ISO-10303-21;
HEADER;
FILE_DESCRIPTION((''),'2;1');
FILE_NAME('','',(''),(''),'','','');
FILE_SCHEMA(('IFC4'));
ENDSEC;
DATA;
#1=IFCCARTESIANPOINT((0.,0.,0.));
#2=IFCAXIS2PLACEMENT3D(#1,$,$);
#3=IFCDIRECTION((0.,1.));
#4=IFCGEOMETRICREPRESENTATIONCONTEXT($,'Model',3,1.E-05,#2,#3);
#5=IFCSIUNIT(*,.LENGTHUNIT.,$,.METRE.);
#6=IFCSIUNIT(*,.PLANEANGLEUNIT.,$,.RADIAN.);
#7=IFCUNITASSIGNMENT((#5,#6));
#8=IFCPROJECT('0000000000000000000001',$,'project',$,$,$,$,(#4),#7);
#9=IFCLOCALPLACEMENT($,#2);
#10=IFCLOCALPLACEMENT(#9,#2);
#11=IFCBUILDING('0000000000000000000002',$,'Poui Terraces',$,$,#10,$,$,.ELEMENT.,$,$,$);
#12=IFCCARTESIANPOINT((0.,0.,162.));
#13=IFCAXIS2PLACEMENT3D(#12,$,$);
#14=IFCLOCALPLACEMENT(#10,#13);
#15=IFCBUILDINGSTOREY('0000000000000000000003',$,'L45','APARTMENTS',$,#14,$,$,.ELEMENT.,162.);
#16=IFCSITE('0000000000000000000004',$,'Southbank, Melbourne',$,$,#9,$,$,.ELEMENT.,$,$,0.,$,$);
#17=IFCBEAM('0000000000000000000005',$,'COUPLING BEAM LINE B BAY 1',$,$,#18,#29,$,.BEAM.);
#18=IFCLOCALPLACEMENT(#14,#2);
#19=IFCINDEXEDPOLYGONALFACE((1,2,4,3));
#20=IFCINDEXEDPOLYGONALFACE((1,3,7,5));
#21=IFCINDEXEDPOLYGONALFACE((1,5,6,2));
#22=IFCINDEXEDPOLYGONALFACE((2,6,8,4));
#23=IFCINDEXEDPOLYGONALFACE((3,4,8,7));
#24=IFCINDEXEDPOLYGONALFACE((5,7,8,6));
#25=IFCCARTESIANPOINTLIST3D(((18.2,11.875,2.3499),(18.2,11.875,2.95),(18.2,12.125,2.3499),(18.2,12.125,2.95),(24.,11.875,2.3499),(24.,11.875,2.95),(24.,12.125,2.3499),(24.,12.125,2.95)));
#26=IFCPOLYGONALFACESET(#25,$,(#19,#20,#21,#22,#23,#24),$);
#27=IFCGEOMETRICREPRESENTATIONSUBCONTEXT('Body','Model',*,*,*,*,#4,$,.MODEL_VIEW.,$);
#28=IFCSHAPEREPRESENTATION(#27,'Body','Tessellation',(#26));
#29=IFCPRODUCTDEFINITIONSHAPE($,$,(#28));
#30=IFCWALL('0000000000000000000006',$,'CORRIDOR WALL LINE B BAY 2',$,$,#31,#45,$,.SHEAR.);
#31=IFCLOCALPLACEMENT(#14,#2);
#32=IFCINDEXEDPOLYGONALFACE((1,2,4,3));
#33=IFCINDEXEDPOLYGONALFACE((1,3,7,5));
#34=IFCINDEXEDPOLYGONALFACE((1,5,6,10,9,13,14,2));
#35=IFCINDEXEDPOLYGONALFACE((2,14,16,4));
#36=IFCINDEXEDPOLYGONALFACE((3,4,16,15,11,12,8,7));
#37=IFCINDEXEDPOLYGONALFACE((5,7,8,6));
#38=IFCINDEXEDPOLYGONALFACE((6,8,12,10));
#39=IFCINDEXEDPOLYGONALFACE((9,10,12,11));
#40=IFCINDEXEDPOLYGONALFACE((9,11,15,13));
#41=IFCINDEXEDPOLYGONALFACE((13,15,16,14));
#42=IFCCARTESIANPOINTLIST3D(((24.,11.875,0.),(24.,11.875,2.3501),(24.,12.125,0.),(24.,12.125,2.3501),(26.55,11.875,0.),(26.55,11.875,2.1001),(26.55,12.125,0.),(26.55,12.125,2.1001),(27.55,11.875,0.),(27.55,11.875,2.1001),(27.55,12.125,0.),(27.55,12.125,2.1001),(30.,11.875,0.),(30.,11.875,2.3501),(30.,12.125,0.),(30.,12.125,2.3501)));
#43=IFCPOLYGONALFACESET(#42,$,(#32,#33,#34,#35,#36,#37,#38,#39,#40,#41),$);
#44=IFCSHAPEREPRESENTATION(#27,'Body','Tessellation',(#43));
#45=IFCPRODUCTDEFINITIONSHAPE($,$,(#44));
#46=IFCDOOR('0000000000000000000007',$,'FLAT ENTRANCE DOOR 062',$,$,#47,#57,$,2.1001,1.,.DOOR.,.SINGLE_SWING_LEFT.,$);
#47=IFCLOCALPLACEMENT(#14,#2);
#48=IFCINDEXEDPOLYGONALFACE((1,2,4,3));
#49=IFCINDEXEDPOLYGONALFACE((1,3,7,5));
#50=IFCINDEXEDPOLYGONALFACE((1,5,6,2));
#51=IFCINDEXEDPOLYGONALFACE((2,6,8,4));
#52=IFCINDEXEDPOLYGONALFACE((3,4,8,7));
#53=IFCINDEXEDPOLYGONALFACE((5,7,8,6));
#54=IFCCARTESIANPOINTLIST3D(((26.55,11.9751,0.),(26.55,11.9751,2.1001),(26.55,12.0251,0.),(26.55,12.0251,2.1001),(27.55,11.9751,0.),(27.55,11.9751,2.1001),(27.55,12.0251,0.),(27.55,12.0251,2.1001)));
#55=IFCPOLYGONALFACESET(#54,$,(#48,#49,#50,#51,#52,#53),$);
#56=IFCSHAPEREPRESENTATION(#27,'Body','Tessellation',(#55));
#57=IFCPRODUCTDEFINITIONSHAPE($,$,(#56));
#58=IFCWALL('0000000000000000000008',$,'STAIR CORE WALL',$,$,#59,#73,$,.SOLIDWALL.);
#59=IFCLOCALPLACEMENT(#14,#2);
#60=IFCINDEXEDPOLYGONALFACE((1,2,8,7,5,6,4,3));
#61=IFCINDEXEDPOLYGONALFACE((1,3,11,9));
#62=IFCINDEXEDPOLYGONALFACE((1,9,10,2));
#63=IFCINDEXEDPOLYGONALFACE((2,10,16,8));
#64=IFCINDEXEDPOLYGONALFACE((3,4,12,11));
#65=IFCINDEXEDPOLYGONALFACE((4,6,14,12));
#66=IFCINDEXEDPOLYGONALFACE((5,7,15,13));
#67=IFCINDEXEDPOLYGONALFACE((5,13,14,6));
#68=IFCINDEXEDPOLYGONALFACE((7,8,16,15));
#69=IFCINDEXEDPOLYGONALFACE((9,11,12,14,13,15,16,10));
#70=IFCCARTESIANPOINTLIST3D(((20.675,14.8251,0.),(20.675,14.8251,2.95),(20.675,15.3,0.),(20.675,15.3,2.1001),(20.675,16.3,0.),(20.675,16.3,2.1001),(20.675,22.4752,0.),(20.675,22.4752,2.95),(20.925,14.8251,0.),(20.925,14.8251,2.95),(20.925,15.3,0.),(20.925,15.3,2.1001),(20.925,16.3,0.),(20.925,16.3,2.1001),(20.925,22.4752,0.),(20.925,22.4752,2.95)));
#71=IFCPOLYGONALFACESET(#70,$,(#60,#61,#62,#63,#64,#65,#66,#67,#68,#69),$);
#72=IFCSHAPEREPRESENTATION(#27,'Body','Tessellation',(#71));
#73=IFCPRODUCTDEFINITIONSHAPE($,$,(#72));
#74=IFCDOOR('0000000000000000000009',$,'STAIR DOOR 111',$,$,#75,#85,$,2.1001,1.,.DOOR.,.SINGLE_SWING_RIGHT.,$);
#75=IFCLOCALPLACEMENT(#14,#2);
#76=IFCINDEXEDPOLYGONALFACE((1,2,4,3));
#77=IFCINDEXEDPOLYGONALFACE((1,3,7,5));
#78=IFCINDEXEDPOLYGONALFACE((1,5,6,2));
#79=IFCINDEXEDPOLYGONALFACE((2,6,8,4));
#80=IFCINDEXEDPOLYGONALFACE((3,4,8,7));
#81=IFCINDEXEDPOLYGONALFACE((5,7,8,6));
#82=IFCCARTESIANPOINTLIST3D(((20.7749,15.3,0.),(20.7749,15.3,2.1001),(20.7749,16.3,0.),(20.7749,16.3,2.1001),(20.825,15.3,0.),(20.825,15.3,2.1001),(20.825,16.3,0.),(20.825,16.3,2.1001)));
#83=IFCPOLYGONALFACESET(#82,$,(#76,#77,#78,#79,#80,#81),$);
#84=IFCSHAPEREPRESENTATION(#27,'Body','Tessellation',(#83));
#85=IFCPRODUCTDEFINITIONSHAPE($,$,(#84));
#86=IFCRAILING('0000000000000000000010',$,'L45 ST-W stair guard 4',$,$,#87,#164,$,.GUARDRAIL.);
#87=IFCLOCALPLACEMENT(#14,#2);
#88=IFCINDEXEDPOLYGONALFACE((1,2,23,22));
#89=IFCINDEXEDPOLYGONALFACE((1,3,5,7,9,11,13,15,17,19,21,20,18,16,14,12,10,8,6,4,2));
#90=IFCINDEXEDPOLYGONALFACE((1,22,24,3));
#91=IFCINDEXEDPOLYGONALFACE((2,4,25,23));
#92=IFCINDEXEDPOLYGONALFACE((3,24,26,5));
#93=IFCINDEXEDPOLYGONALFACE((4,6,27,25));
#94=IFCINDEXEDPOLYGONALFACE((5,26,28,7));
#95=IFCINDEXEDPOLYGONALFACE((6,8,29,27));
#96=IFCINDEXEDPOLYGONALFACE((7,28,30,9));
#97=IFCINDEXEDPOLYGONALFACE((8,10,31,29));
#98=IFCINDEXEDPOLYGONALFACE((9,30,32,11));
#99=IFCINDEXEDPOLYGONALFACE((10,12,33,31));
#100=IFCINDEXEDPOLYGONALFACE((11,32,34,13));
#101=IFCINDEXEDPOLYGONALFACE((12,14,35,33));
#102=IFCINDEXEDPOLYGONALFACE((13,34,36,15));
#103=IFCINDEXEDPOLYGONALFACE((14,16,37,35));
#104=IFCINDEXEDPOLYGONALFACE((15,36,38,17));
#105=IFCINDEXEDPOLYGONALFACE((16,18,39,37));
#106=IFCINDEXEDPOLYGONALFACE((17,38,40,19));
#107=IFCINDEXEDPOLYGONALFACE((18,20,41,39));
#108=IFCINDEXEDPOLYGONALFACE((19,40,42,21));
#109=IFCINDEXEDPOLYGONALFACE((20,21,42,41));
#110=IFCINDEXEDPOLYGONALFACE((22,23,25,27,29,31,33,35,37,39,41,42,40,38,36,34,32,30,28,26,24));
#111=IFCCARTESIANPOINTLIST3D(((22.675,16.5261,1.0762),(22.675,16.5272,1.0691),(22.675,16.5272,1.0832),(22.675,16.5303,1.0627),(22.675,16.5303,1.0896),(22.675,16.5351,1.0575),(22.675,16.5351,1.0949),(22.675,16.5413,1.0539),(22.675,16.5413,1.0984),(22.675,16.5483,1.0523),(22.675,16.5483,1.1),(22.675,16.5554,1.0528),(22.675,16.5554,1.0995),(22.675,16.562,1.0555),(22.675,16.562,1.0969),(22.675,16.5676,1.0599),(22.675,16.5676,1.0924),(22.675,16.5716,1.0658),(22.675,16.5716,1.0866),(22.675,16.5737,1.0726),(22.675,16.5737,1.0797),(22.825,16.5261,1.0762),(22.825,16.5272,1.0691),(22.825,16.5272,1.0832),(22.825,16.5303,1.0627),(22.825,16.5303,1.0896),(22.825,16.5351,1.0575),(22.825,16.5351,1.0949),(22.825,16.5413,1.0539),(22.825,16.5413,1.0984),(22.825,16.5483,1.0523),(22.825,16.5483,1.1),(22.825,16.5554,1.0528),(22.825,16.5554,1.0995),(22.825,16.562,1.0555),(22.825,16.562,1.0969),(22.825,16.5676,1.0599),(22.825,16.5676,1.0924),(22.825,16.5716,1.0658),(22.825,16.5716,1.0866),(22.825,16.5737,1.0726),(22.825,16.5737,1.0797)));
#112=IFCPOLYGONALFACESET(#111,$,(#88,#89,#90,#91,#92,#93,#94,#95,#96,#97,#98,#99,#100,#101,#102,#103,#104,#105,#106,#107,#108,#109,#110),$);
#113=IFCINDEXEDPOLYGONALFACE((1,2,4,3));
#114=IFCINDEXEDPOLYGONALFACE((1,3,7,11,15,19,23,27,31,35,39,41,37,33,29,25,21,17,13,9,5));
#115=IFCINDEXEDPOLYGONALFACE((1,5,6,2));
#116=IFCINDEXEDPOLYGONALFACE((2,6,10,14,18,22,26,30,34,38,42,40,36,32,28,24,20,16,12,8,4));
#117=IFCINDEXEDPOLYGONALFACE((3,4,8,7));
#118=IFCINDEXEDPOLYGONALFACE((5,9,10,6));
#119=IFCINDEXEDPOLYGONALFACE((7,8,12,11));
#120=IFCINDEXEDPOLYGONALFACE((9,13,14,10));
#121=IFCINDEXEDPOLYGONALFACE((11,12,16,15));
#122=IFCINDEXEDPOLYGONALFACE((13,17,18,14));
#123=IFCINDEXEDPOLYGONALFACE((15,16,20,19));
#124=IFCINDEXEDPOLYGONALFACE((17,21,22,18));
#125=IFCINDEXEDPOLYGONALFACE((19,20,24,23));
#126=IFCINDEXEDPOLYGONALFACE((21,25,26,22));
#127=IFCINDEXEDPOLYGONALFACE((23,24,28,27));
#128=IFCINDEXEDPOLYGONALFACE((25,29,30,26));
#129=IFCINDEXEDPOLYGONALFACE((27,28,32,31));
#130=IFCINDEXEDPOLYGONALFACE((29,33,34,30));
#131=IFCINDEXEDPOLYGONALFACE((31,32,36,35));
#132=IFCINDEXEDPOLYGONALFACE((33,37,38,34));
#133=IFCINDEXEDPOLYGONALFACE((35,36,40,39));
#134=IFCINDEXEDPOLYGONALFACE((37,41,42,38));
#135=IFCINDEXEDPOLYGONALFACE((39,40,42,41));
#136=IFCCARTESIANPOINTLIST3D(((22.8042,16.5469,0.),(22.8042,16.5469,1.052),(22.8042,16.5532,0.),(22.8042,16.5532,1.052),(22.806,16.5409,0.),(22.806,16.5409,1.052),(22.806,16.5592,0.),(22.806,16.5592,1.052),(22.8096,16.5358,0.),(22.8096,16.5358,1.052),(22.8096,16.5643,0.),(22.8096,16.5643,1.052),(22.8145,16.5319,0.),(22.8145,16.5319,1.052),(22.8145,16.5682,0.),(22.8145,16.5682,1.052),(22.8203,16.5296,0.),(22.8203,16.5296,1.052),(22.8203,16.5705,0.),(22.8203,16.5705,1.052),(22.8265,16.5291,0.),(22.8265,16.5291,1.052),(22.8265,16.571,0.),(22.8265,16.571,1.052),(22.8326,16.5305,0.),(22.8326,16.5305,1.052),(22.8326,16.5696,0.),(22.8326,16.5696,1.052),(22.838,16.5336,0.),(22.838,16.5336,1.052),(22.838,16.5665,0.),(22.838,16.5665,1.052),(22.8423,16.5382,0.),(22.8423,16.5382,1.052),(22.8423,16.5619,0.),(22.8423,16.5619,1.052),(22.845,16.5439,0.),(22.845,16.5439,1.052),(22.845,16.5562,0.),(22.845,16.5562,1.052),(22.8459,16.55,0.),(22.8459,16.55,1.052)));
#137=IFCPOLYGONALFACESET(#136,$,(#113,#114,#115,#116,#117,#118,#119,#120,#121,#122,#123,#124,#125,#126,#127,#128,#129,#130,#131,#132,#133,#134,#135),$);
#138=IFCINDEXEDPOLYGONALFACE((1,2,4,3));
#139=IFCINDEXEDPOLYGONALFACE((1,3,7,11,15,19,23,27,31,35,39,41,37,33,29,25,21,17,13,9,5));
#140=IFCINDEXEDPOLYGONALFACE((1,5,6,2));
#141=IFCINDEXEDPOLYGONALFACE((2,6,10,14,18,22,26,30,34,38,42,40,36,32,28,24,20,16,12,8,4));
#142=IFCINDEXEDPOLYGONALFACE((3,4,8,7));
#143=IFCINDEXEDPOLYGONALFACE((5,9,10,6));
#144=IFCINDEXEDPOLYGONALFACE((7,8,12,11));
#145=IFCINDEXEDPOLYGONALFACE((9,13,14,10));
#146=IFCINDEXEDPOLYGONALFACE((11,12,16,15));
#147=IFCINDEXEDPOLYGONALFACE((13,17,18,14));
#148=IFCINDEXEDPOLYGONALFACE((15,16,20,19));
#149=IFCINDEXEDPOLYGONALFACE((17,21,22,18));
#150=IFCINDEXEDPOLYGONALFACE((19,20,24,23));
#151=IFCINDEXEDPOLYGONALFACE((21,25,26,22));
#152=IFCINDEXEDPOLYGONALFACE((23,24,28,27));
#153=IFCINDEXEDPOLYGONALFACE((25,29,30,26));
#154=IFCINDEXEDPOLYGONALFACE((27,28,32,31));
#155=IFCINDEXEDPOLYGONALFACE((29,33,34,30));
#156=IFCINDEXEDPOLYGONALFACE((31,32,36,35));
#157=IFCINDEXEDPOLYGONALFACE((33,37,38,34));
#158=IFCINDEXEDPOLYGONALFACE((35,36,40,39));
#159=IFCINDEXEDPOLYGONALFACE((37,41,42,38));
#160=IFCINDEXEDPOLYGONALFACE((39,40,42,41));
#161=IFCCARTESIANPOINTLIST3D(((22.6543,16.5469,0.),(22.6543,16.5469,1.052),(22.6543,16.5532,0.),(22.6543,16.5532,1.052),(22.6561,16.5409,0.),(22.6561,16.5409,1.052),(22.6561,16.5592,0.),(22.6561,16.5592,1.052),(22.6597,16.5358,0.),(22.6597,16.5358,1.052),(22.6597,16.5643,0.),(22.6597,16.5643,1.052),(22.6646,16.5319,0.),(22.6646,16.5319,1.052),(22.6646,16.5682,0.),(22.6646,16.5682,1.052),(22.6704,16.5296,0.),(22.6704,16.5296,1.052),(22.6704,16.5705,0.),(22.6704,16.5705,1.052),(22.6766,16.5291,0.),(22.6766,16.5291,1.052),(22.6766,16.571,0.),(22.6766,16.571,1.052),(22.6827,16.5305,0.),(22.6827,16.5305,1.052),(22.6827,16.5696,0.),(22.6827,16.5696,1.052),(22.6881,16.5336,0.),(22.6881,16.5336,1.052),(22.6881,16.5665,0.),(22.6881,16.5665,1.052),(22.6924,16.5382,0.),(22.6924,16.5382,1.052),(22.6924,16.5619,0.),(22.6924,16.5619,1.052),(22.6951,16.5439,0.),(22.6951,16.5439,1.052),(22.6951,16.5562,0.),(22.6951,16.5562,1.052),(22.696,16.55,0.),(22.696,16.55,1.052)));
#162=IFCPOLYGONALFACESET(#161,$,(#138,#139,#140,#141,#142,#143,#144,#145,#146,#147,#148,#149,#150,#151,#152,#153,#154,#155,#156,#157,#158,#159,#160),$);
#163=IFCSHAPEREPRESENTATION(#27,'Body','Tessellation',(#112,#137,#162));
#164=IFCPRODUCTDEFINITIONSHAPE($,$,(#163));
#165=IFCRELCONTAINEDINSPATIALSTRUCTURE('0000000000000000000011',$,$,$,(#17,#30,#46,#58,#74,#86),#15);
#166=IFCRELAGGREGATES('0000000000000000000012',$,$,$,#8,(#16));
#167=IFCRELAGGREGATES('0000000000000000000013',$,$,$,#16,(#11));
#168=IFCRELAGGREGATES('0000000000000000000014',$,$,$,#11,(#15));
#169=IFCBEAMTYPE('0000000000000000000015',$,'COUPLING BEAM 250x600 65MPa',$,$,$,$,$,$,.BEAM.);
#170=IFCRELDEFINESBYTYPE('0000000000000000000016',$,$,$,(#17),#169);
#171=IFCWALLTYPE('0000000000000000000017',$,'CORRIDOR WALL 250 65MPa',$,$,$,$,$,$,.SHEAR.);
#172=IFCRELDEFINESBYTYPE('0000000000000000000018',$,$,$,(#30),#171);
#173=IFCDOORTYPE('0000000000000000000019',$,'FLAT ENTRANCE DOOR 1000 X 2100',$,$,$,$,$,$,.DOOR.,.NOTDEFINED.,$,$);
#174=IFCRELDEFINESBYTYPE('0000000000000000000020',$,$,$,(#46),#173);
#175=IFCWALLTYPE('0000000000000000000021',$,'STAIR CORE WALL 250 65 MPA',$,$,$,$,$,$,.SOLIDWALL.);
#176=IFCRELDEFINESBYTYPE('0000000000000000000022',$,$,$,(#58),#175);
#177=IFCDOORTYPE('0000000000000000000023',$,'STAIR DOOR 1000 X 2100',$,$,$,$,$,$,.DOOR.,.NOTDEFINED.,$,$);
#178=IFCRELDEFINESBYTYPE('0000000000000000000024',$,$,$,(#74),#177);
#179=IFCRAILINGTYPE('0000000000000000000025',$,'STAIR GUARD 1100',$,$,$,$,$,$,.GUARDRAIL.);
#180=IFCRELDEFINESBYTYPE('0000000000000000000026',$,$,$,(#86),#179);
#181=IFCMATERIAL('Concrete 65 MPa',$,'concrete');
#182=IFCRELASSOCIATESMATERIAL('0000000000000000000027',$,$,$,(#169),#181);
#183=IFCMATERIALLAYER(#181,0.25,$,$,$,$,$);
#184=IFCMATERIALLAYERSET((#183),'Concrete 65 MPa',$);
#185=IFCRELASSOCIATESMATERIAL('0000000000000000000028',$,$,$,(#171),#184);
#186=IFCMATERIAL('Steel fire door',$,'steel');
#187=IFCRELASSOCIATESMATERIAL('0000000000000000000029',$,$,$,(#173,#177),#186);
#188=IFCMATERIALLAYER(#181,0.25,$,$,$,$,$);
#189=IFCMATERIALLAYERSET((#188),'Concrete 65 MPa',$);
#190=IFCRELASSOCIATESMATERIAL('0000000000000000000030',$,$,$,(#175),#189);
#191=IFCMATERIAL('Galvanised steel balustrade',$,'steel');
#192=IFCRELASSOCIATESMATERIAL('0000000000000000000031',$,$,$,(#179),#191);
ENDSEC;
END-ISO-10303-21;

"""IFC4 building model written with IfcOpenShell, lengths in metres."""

from ifc_helpers import new_model, si_unit, direction, frame, frame_2d, origin, origin_2d, place, context, subcontext, project, spatial, rectangle, circle, extrude, source, transform, mapped, material, layer, layer_set, material_profile, profile_set, type_object, element, fill, save


model = new_model("IFC4")

# Units and contexts
model_context = context("Model", 3, precision=1e-05, world=origin(), true_north=direction((0.0, 1.0)))
body_context = subcontext(model_context, "Body", "Model", "MODEL_VIEW")
ifc_project = project(units=[si_unit("LENGTHUNIT", "METRE"), si_unit("PLANEANGLEUNIT", "RADIAN")], contexts=[model_context])

# Site, building, storey
site_placement = place(None, origin())
site = spatial("IfcSite", under=ifc_project, at=site_placement, Name="Southbank, Melbourne", CompositionType="ELEMENT", RefElevation=0.0)
building_placement = place(site_placement, origin())
building = spatial("IfcBuilding", under=site, at=building_placement, Name="Poui Terraces", CompositionType="ELEMENT")
storey_placement = place(building_placement, frame((0.0, 0.0, 162.0)))
storey = spatial("IfcBuildingStorey", under=building, at=storey_placement, Name="L45", Description="APARTMENTS", CompositionType="ELEMENT", Elevation=162.0)

# Beam
ifc_material_1 = material(Name="Concrete 65 MPa", Category="concrete")
ifc_material_profile = material_profile(ifc_material_1, rectangle(XDim=0.25, YDim=0.6001, at=origin_2d()), Name="RC 250x600")
ifc_profile_set = profile_set([ifc_material_profile], Name="Concrete 65 MPa")
beam_type = type_object("IfcBeamType", Name="COUPLING BEAM 250x600 65MPa", PredefinedType="BEAM", material=ifc_profile_set)
shared_shape = source(origin(), body_context, "Body", "SweptSolid", [
    extrude(rectangle(XDim=0.25, YDim=0.6001, at=origin_2d()), origin(), (0.0, 0.0, 1.0), 5.8),
])
beam_placement = place(storey_placement, frame((18.2, 12.0, 2.6499), z_axis=(1.0, 0.0, 0.0), x_axis=(0.0, 1.0, 0.0)))
element("IfcBeam", 1, at=beam_placement, inside=storey, type_object=beam_type, Name="COUPLING BEAM LINE B BAY 1", PredefinedType="BEAM", context=body_context, shape_type="MappedRepresentation", body=[
    mapped(shared_shape, transform((0.0, 0.0, 0.0))),
])

# Wall, opening, door
ifc_layer_1 = layer(ifc_material_1, 0.25)
ifc_layer_set_1 = layer_set([ifc_layer_1], Name="Concrete 65 MPa")
wall_type_1 = type_object("IfcWallType", Name="CORRIDOR WALL 250 65MPa", PredefinedType="SHEAR", material=ifc_layer_set_1)
wall_1_placement = place(storey_placement, frame((24.0, 12.0, 0.0), z_axis=(0.0, 0.0, 1.0), x_axis=(1.0, 0.0, 0.0)))
wall_1 = element("IfcWall", 2, at=wall_1_placement, inside=storey, type_object=wall_type_1, Name="CORRIDOR WALL LINE B BAY 2", PredefinedType="SHEAR", context=body_context, shape_type="SweptSolid", body=[
    extrude(rectangle(XDim=6.0, YDim=0.25, at=frame_2d((3.0, 0.0))), origin(), (0.0, 0.0, 1.0), 2.3501),
])
opening_1_placement = place(wall_1_placement, frame((2.55, 0.0, 0.0)))
opening_1 = element("IfcOpeningElement", 3, at=opening_1_placement, cuts=wall_1, PredefinedType="OPENING", context=body_context, shape_type="SweptSolid", body=[
    extrude(rectangle(XDim=1.0, YDim=2.1001, at=frame_2d((0.5, 1.05))), frame((0.0, 0.135, 0.0), z_axis=(0.0, -1.0, 0.0), x_axis=(1.0, 0.0, 0.0)), (0.0, 0.0, 1.0), 0.27),
])
ifc_material_2 = material(Name="Steel fire door", Category="steel")
door_type_1 = type_object("IfcDoorType", Name="FLAT ENTRANCE DOOR 1000 X 2100", OperationType="NOTDEFINED", PredefinedType="DOOR", material=ifc_material_2)
door_1_placement = place(opening_1_placement, frame((1.0, 0.0, 0.0), z_axis=(0.0, 0.0, 1.0), x_axis=(-1.0, 0.0, 0.0)))
door_1 = element("IfcDoor", 4, at=door_1_placement, inside=storey, type_object=door_type_1, Name="FLAT ENTRANCE DOOR 062", OperationType="SINGLE_SWING_LEFT", OverallHeight=2.1001, OverallWidth=1.0, PredefinedType="DOOR", context=body_context, shape_type="SweptSolid", body=[
    extrude(rectangle(XDim=1.0, YDim=2.1001, at=frame_2d((0.5, 1.05))), frame((0.0, 0.0249, 0.0), z_axis=(0.0, -1.0, 0.0), x_axis=(1.0, 0.0, 0.0)), (0.0, 0.0, 1.0), 0.05),
])
fill(opening_1, door_1)

# Shared definitions
door_type_2 = type_object("IfcDoorType", Name="STAIR DOOR 1000 X 2100", OperationType="NOTDEFINED", PredefinedType="DOOR", material=ifc_material_2)

# Wall, opening, door
ifc_layer_2 = layer(ifc_material_1, 0.25)
ifc_layer_set_2 = layer_set([ifc_layer_2], Name="Concrete 65 MPa")
wall_type_2 = type_object("IfcWallType", Name="STAIR CORE WALL 250 65 MPA", PredefinedType="SOLIDWALL", material=ifc_layer_set_2)
wall_2_placement = place(storey_placement, frame((20.8, 14.825, 0.0), z_axis=(0.0, 0.0, 1.0), x_axis=(0.0, 1.0, 0.0)))
wall_2 = element("IfcWall", 5, at=wall_2_placement, inside=storey, type_object=wall_type_2, Name="STAIR CORE WALL", PredefinedType="SOLIDWALL", context=body_context, shape_type="SweptSolid", body=[
    extrude(rectangle(XDim=7.6501, YDim=0.25, at=frame_2d((3.8252, 0.0))), origin(), (0.0, 0.0, 1.0), 2.95),
])
opening_2_placement = place(wall_2_placement, frame((0.4751, 0.0, 0.0)))
opening_2 = element("IfcOpeningElement", 6, at=opening_2_placement, cuts=wall_2, PredefinedType="OPENING", context=body_context, shape_type="SweptSolid", body=[
    extrude(rectangle(XDim=1.0, YDim=2.1001, at=frame_2d((0.5, 1.05))), frame((0.0, 0.135, 0.0), z_axis=(0.0, -1.0, 0.0), x_axis=(1.0, 0.0, 0.0)), (0.0, 0.0, 1.0), 0.27),
])
door_2_placement = place(opening_2_placement, frame((1.0, 0.0, 0.0), z_axis=(0.0, 0.0, 1.0), x_axis=(-1.0, 0.0, 0.0)))
door_2 = element("IfcDoor", 7, at=door_2_placement, inside=storey, type_object=door_type_2, Name="STAIR DOOR 111", OperationType="SINGLE_SWING_RIGHT", OverallHeight=2.1001, OverallWidth=1.0, PredefinedType="DOOR", context=body_context, shape_type="SweptSolid", body=[
    extrude(rectangle(XDim=1.0, YDim=2.1001, at=frame_2d((0.5, 1.05))), frame((0.0, 0.0249, 0.0), z_axis=(0.0, -1.0, 0.0), x_axis=(1.0, 0.0, 0.0)), (0.0, 0.0, 1.0), 0.05),
])
fill(opening_2, door_2)

# Railing
ifc_material_3 = material(Name="Galvanised steel balustrade", Category="steel")
railing_type = type_object("IfcRailingType", Name="STAIR GUARD 1100", PredefinedType="GUARDRAIL", material=ifc_material_3)
railing_placement = place(storey_placement, frame((22.825, 16.55, 0.0)))
element("IfcRailing", 8, at=railing_placement, inside=storey, type_object=railing_type, Name="L45 ST-W stair guard 4", PredefinedType="GUARDRAIL", context=body_context, shape_type="SweptSolid", body=[
    extrude(circle(Radius=0.0239, at=origin_2d()), frame((0.0, 0.0, 1.0762), z_axis=(-1.0, 0.0, 0.0), x_axis=(0.0, -1.0, 0.0)), (0.0, 0.0, 1.0), 0.1499),
    extrude(circle(Radius=0.021, at=origin_2d()), origin(), (0.0, 0.0, 1.0), 1.052),
    extrude(circle(Radius=0.021, at=origin_2d()), frame((-0.1499, 0.0, 0.0)), (0.0, 0.0, 1.0), 1.052),
])

save(model, "model.ifc")
